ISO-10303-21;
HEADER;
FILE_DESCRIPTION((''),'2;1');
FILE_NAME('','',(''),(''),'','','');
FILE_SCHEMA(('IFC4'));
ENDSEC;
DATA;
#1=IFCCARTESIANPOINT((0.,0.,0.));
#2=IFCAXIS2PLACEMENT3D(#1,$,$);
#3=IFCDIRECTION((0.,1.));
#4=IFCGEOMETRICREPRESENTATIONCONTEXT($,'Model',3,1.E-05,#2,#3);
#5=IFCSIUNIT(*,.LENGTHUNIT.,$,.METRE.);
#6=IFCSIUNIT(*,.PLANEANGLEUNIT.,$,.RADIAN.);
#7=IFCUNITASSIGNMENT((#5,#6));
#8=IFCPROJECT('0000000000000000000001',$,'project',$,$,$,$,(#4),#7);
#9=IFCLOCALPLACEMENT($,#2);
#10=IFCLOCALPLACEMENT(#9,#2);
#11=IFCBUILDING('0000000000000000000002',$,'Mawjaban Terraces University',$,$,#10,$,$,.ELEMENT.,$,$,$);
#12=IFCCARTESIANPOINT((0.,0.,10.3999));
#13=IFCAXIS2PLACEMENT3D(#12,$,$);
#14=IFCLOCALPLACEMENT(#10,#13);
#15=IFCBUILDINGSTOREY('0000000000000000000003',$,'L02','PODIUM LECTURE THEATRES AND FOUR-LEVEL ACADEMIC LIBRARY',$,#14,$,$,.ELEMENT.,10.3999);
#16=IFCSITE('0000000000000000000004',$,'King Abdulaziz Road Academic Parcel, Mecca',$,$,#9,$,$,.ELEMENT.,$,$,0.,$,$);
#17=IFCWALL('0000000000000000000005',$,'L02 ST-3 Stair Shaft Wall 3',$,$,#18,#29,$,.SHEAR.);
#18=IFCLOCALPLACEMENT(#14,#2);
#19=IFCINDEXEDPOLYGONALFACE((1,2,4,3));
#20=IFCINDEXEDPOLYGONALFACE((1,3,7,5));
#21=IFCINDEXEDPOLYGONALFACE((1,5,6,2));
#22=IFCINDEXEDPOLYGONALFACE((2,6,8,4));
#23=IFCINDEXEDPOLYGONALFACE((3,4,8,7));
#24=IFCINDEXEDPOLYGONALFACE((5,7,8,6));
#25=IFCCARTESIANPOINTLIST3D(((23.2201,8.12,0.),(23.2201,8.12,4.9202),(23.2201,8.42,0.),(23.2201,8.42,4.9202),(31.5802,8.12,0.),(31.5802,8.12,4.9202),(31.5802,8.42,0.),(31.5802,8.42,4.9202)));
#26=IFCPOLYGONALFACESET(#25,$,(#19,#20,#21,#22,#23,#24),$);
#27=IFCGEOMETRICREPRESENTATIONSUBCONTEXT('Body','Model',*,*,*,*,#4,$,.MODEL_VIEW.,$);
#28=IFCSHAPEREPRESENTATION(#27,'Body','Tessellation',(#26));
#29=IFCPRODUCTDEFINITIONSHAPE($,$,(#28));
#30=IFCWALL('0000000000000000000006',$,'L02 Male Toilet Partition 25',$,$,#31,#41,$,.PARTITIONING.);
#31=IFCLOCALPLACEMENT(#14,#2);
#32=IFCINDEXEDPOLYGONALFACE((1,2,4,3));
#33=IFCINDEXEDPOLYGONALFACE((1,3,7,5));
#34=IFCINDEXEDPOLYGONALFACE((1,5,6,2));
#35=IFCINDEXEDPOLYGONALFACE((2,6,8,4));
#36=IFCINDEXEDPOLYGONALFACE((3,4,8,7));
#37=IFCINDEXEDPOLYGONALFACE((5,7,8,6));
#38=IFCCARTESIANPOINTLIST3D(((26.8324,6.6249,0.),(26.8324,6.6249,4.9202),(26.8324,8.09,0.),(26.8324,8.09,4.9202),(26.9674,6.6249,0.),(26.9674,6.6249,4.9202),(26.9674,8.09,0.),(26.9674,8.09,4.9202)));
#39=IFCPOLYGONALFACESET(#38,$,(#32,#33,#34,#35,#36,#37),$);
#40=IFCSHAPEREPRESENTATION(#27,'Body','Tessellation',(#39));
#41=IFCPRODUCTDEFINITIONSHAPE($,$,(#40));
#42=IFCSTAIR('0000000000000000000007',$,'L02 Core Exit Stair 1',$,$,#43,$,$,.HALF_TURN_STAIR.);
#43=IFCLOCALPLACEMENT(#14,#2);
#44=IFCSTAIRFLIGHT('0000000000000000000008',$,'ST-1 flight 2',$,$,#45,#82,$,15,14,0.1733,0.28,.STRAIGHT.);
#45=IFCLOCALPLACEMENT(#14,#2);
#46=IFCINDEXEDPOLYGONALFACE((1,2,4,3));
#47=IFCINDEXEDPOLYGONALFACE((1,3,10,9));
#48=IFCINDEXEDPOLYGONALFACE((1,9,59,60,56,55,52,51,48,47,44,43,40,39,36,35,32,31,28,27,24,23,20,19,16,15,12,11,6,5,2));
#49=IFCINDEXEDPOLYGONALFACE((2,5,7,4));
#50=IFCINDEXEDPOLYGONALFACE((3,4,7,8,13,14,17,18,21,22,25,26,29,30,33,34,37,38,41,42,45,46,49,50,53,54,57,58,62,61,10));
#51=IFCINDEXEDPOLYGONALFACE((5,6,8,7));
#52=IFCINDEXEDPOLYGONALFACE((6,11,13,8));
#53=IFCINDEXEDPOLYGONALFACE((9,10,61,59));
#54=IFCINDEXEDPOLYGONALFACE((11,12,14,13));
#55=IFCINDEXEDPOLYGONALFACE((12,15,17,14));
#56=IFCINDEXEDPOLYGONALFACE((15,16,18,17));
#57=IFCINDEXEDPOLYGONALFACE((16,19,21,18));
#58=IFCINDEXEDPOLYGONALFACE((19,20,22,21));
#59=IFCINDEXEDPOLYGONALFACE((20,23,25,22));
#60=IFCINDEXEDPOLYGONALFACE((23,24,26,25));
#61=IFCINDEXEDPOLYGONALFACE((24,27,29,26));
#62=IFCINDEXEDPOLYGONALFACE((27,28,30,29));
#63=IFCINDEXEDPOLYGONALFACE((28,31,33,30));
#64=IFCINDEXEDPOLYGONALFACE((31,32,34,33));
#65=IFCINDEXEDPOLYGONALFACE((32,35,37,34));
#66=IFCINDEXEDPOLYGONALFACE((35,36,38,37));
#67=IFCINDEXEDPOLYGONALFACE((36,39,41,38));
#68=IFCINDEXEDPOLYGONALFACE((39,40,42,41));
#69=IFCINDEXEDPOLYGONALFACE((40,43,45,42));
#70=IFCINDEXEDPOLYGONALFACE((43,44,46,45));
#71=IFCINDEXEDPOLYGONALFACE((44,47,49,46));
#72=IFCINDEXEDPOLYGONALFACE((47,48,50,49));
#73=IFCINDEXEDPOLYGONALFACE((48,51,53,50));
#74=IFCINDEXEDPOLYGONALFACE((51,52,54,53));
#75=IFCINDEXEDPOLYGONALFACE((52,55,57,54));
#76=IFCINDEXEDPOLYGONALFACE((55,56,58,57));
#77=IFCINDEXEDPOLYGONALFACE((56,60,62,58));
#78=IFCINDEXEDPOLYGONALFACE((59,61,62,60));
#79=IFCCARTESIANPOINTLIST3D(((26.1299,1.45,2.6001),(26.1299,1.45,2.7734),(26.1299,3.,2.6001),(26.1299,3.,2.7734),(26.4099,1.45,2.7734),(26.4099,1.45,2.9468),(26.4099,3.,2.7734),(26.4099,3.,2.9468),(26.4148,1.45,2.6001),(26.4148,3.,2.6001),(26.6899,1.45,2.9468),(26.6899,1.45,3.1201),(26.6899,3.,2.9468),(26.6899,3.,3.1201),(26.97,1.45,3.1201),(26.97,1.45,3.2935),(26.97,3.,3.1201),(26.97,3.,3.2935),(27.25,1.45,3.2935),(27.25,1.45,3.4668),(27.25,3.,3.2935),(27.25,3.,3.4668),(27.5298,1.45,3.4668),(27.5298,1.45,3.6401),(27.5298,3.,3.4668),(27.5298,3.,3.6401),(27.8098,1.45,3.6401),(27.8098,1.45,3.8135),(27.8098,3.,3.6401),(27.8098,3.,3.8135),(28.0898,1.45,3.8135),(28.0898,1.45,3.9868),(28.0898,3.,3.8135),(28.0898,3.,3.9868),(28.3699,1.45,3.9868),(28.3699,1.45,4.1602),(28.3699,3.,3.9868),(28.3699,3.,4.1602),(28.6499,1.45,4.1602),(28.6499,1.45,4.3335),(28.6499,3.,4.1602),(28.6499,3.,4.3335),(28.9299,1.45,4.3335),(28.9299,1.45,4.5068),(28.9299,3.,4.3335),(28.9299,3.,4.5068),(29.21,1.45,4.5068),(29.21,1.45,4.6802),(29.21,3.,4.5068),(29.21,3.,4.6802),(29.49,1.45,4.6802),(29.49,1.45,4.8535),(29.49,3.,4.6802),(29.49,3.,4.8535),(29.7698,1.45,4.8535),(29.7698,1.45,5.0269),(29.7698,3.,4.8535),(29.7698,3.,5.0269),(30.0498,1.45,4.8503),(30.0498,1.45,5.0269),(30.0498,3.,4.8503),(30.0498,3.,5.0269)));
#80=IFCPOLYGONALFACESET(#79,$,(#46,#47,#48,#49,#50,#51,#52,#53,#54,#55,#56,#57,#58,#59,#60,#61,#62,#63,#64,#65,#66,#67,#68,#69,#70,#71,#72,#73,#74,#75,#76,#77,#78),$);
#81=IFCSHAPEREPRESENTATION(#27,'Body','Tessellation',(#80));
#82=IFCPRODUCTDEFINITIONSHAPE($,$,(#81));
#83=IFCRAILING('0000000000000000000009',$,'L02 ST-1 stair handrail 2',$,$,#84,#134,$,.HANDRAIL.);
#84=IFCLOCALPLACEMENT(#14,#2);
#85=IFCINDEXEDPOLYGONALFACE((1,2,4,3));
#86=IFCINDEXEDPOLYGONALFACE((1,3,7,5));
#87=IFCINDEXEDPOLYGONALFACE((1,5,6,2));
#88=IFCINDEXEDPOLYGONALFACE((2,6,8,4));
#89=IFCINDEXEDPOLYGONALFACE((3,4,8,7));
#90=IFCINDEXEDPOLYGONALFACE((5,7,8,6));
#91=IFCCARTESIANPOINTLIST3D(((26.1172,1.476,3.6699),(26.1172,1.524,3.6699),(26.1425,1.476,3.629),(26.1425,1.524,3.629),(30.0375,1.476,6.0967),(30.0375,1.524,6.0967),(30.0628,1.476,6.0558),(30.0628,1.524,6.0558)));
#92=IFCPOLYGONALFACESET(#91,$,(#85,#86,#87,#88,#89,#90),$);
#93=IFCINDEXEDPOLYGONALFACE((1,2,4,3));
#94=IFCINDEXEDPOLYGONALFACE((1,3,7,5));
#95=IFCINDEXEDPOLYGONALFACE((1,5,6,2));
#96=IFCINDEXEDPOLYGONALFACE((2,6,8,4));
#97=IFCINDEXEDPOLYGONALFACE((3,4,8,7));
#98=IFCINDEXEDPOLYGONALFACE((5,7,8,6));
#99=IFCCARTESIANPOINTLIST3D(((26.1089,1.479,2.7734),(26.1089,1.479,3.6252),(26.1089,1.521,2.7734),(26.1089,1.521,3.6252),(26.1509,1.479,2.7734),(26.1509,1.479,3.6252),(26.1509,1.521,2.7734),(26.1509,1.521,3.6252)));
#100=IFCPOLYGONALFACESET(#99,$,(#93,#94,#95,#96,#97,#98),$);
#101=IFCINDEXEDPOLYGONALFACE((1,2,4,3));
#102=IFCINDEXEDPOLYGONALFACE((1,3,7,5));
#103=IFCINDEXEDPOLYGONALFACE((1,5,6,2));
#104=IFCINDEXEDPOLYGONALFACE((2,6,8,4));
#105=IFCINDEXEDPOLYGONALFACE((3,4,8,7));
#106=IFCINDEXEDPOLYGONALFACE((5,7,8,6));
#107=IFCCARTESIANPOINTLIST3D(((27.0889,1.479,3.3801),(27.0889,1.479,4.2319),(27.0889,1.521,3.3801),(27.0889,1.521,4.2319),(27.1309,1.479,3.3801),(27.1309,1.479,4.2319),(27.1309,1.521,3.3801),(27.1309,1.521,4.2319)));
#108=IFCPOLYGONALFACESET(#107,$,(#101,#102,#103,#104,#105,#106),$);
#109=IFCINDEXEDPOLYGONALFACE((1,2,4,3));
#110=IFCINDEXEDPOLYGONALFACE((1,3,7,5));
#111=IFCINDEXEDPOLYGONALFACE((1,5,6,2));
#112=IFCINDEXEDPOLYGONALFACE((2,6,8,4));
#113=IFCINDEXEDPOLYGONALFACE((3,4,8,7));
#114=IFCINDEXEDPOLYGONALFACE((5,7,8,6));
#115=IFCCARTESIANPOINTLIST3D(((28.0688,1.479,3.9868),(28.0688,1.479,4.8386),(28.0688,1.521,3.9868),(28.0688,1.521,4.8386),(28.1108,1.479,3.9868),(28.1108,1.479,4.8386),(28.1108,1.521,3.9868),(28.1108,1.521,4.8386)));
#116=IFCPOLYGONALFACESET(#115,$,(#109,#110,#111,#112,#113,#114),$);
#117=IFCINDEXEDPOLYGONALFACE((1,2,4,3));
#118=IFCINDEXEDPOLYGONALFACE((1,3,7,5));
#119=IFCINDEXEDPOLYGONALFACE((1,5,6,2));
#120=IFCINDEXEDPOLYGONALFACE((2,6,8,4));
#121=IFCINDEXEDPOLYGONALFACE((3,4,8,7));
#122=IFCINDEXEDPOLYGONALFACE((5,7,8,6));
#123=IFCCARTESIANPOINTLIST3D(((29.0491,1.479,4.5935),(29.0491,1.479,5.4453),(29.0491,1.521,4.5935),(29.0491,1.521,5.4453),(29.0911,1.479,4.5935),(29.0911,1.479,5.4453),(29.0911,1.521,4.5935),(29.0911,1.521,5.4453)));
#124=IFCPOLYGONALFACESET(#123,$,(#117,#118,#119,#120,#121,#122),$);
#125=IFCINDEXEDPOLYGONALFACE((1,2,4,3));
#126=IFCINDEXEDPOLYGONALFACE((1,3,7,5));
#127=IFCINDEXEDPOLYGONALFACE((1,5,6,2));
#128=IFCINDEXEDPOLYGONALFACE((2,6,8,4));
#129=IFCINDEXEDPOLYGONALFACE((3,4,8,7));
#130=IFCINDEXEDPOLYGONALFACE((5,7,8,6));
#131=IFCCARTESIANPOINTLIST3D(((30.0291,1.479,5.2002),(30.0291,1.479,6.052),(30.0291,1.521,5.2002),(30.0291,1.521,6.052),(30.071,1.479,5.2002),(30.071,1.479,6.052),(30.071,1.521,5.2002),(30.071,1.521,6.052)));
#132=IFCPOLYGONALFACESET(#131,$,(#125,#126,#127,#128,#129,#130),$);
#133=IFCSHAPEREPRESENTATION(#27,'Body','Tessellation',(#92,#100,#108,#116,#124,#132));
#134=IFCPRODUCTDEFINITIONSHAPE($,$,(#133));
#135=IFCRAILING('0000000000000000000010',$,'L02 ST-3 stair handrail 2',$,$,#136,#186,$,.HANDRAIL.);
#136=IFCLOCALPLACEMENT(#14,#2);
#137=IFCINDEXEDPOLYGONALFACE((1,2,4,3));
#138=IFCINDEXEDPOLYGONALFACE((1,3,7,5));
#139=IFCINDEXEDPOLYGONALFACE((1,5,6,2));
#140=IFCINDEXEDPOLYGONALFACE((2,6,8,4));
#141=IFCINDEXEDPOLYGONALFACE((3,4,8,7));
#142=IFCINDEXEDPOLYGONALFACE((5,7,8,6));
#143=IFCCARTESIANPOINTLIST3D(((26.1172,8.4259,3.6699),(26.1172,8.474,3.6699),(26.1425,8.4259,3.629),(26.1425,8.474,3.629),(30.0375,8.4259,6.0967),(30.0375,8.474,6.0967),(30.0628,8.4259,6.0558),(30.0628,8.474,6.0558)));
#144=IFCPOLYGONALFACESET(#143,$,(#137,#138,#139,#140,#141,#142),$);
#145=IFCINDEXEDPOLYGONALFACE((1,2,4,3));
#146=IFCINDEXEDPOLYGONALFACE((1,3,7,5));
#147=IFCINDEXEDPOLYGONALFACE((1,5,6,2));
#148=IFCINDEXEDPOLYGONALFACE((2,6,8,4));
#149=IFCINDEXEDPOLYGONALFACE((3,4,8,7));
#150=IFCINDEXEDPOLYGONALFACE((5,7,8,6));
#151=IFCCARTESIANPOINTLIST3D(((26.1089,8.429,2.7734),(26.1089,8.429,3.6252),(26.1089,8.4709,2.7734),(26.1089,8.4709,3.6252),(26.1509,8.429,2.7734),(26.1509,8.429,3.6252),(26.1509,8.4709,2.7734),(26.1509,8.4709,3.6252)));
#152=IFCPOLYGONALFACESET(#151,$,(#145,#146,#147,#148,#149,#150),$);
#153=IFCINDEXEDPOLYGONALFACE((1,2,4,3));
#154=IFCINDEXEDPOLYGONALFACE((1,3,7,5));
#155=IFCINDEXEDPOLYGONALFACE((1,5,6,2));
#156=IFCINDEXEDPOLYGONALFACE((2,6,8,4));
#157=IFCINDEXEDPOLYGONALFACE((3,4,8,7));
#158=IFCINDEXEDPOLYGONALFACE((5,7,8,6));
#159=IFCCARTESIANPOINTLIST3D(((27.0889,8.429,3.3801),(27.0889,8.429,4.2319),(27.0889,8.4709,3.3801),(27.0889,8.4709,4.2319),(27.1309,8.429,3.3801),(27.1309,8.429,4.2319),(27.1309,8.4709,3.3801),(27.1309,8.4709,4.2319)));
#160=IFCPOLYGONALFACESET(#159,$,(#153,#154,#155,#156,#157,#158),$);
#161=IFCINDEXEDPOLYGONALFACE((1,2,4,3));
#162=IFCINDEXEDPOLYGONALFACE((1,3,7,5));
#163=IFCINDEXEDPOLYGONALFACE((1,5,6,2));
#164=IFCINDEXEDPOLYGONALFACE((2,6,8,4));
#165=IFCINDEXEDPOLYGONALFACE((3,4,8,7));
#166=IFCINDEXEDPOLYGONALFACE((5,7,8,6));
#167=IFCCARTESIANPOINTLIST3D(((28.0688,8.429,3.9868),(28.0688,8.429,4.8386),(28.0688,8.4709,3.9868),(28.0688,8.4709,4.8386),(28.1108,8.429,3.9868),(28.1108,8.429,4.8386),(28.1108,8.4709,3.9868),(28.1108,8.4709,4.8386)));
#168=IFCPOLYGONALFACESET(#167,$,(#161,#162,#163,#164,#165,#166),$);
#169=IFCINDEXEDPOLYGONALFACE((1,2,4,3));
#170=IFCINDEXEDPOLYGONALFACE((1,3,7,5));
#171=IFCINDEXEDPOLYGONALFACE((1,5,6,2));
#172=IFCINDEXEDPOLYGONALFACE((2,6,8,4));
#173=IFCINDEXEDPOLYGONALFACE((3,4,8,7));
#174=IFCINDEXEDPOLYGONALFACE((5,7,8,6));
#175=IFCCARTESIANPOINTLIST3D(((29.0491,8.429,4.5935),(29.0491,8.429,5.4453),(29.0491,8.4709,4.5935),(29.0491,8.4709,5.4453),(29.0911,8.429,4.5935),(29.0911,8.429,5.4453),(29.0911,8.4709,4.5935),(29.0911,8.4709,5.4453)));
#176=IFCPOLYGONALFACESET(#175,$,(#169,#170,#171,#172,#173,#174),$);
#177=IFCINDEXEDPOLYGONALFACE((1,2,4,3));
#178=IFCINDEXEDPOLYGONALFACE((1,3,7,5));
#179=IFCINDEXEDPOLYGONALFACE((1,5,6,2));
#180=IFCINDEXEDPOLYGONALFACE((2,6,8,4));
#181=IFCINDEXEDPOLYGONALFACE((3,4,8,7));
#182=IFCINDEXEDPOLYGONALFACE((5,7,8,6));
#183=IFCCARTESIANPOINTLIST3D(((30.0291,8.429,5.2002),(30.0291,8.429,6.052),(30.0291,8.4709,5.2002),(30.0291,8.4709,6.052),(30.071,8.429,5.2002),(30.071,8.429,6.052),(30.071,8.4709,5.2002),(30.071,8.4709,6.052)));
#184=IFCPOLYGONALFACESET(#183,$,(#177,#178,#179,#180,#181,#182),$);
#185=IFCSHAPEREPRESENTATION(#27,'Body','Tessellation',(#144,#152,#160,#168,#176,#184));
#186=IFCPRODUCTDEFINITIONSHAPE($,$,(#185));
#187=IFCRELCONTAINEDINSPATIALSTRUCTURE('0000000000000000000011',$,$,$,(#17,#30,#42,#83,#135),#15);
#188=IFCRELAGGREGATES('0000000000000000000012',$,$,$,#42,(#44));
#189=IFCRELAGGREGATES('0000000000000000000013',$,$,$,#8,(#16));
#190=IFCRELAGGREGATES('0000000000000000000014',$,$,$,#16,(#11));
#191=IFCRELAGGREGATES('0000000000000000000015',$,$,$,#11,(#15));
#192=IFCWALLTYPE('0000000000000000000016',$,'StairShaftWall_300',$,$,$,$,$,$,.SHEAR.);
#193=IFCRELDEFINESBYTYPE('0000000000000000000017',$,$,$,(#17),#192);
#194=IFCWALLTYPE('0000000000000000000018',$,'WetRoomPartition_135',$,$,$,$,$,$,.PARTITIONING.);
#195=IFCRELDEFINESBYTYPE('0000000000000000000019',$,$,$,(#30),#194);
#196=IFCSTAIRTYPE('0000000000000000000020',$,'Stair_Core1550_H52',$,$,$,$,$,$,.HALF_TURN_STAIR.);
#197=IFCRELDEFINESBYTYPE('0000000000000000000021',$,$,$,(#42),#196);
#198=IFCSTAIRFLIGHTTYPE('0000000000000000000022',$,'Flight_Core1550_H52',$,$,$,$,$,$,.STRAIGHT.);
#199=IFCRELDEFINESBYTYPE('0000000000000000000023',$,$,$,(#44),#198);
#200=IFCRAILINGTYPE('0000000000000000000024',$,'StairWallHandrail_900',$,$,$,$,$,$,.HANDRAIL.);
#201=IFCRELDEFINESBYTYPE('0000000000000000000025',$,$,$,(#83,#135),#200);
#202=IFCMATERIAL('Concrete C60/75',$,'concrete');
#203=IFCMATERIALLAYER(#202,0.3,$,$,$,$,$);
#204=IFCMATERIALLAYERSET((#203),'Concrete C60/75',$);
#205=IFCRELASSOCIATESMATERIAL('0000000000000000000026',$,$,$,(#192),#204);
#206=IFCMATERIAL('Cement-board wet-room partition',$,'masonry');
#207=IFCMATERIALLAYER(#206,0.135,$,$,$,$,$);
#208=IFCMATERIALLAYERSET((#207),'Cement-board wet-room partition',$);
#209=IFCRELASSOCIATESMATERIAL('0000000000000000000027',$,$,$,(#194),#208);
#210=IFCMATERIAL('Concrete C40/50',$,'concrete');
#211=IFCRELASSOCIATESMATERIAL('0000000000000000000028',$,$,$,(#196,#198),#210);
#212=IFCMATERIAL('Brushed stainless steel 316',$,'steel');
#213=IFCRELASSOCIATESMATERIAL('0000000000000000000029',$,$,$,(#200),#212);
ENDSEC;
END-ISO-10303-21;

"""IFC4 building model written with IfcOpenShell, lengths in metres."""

from ifc_helpers import new_model, si_unit, direction, frame, frame_2d, origin, origin_2d, place, context, subcontext, project, spatial, polyline, rectangle, outline, extrude, material, layer, layer_set, type_object, element, aggregate, save


model = new_model("IFC4")

# Units and contexts
model_context = context("Model", 3, precision=1e-05, world=origin(), true_north=direction((0.0, 1.0)))
body_context = subcontext(model_context, "Body", "Model", "MODEL_VIEW")
ifc_project = project(units=[si_unit("LENGTHUNIT", "METRE"), si_unit("PLANEANGLEUNIT", "RADIAN")], contexts=[model_context])

# Site, building, storey
site_placement = place(None, origin())
site = spatial("IfcSite", under=ifc_project, at=site_placement, Name="King Abdulaziz Road Academic Parcel, Mecca", CompositionType="ELEMENT", RefElevation=0.0)
building_placement = place(site_placement, origin())
building = spatial("IfcBuilding", under=site, at=building_placement, Name="Mawjaban Terraces University", CompositionType="ELEMENT")
storey_placement = place(building_placement, frame((0.0, 0.0, 10.3999)))
storey = spatial("IfcBuildingStorey", under=building, at=storey_placement, Name="L02", Description="PODIUM LECTURE THEATRES AND FOUR-LEVEL ACADEMIC LIBRARY", CompositionType="ELEMENT", Elevation=10.3999)

# Walls
ifc_material_1 = material(Name="Concrete C60/75", Category="concrete")
ifc_layer_1 = layer(ifc_material_1, 0.3)
ifc_layer_set_1 = layer_set([ifc_layer_1], Name="Concrete C60/75")
wall_type_1 = type_object("IfcWallType", Name="StairShaftWall_300", PredefinedType="SHEAR", material=ifc_layer_set_1)
for number, where, z_axis, x_axis, name in (
    (1, (23.22, 8.27, 0.0), (0.0, 0.0, 1.0), (1.0, 0.0, 0.0), "L02 ST-3 Stair Shaft Wall 3"),
):
    element("IfcWall", number, at=place(storey_placement, frame(where, z_axis=z_axis, x_axis=x_axis)), inside=storey, type_object=wall_type_1, Name=name, PredefinedType="SHEAR", context=body_context, shape_type="SweptSolid", body=[
        extrude(rectangle(XDim=8.3601, YDim=0.3, at=frame_2d((4.1802, 0.0))), origin(), (0.0, 0.0, 1.0), 4.9202),
    ])
ifc_material_2 = material(Name="Cement-board wet-room partition", Category="masonry")
ifc_layer_2 = layer(ifc_material_2, 0.135)
ifc_layer_set_2 = layer_set([ifc_layer_2], Name="Cement-board wet-room partition")
wall_type_2 = type_object("IfcWallType", Name="WetRoomPartition_135", PredefinedType="PARTITIONING", material=ifc_layer_set_2)
wall_1_placement = place(storey_placement, frame((26.8999, 6.625, 0.0), z_axis=(0.0, 0.0, 1.0), x_axis=(0.0, 1.0, 0.0)))
element("IfcWall", 2, at=wall_1_placement, inside=storey, type_object=wall_type_2, Name="L02 Male Toilet Partition 25", PredefinedType="PARTITIONING", context=body_context, shape_type="SweptSolid", body=[
    extrude(rectangle(XDim=1.4651, YDim=0.135, at=frame_2d((0.7324, 0.0))), origin(), (0.0, 0.0, 1.0), 4.9202),
])

# Stair, stair flight
ifc_material_3 = material(Name="Concrete C40/50", Category="concrete")
stair_type = type_object("IfcStairType", Name="Stair_Core1550_H52", PredefinedType="HALF_TURN_STAIR", material=ifc_material_3)
stair_placement = place(storey_placement, origin())
stair = element("IfcStair", 3, at=stair_placement, inside=storey, type_object=stair_type, Name="L02 Core Exit Stair 1", PredefinedType="HALF_TURN_STAIR")
stair_flight_type = type_object("IfcStairFlightType", Name="Flight_Core1550_H52", PredefinedType="STRAIGHT", material=ifc_material_3)
stair_flight_placement = place(storey_placement, frame((26.1299, 2.2251, 2.6001), z_axis=(0.0, 0.0, 1.0), x_axis=(1.0, 0.0, 0.0)))
stair_flight = element("IfcStairFlight", 4, at=stair_flight_placement, type_object=stair_flight_type, Name="ST-1 flight 2", NumberOfRisers=15, NumberOfTreads=14, PredefinedType="STRAIGHT", RiserHeight=0.1733, TreadLength=0.28, context=body_context, shape_type="SweptSolid", body=[
    extrude(outline(polyline([(0.0, 0.0), (0.0, 0.1733), (0.28, 0.1733), (0.28, 0.3467), (0.5601, 0.3467), (0.5601, 0.52), (0.8401, 0.52), (0.8401, 0.6934), (1.1201, 0.6934), (1.1201, 0.8667), (1.3999, 0.8667), (1.3999, 1.04), (1.6799, 1.04), (1.6799, 1.2134), (1.96, 1.2134), (1.96, 1.3867), (2.24, 1.3867), (2.24, 1.5601), (2.52, 1.5601), (2.52, 1.7334), (2.8, 1.7334), (2.8, 1.9067), (3.0801, 1.9067), (3.0801, 2.0801), (3.3601, 2.0801), (3.3601, 2.2534), (3.6399, 2.2534), (3.6399, 2.4268), (3.9199, 2.4268), (3.9199, 2.6001), (3.9199, 2.2502), (0.2849, 0.0), (0.0, 0.0)])), frame((0.0, 0.7749, 0.0), z_axis=(0.0, -1.0, 0.0), x_axis=(1.0, 0.0, 0.0)), (0.0, 0.0, 1.0), 1.55),
])
aggregate(stair, [stair_flight])

# Railings
ifc_material_4 = material(Name="Brushed stainless steel 316", Category="steel")
railing_type_1 = type_object("IfcRailingType", Name="StairWallHandrail_900", PredefinedType="HANDRAIL", material=ifc_material_4)
for number, where, name in (
    (5, (26.1299, 1.5, 2.7734), "L02 ST-1 stair handrail 2"),
    (6, (26.1299, 8.45, 2.7734), "L02 ST-3 stair handrail 2"),
):
    element("IfcRailing", number, at=place(storey_placement, frame(where)), inside=storey, type_object=railing_type_1, Name=name, PredefinedType="HANDRAIL", context=body_context, shape_type="SweptSolid", body=[
        extrude(rectangle(XDim=0.0481, YDim=0.0481, at=origin_2d()), frame((0.0, 0.0, 0.876), z_axis=(0.850266, 0.0, 0.526353), x_axis=(0.0, 1.0, 0.0)), (0.0, 0.0, 1.0), 4.6106),
        extrude(rectangle(XDim=0.042, YDim=0.042, at=origin_2d()), origin(), (0.0, 0.0, 1.0), 0.8518),
        extrude(rectangle(XDim=0.042, YDim=0.042, at=origin_2d()), frame((0.98, 0.0, 0.6067)), (0.0, 0.0, 1.0), 0.8518),
        extrude(rectangle(XDim=0.042, YDim=0.042, at=origin_2d()), frame((1.96, 0.0, 1.2134)), (0.0, 0.0, 1.0), 0.8518),
        extrude(rectangle(XDim=0.042, YDim=0.042, at=origin_2d()), frame((2.9402, 0.0, 1.8201)), (0.0, 0.0, 1.0), 0.8518),
        extrude(rectangle(XDim=0.042, YDim=0.042, at=origin_2d()), frame((3.9202, 0.0, 2.4268)), (0.0, 0.0, 1.0), 0.8518),
    ])

save(model, "model.ifc")
